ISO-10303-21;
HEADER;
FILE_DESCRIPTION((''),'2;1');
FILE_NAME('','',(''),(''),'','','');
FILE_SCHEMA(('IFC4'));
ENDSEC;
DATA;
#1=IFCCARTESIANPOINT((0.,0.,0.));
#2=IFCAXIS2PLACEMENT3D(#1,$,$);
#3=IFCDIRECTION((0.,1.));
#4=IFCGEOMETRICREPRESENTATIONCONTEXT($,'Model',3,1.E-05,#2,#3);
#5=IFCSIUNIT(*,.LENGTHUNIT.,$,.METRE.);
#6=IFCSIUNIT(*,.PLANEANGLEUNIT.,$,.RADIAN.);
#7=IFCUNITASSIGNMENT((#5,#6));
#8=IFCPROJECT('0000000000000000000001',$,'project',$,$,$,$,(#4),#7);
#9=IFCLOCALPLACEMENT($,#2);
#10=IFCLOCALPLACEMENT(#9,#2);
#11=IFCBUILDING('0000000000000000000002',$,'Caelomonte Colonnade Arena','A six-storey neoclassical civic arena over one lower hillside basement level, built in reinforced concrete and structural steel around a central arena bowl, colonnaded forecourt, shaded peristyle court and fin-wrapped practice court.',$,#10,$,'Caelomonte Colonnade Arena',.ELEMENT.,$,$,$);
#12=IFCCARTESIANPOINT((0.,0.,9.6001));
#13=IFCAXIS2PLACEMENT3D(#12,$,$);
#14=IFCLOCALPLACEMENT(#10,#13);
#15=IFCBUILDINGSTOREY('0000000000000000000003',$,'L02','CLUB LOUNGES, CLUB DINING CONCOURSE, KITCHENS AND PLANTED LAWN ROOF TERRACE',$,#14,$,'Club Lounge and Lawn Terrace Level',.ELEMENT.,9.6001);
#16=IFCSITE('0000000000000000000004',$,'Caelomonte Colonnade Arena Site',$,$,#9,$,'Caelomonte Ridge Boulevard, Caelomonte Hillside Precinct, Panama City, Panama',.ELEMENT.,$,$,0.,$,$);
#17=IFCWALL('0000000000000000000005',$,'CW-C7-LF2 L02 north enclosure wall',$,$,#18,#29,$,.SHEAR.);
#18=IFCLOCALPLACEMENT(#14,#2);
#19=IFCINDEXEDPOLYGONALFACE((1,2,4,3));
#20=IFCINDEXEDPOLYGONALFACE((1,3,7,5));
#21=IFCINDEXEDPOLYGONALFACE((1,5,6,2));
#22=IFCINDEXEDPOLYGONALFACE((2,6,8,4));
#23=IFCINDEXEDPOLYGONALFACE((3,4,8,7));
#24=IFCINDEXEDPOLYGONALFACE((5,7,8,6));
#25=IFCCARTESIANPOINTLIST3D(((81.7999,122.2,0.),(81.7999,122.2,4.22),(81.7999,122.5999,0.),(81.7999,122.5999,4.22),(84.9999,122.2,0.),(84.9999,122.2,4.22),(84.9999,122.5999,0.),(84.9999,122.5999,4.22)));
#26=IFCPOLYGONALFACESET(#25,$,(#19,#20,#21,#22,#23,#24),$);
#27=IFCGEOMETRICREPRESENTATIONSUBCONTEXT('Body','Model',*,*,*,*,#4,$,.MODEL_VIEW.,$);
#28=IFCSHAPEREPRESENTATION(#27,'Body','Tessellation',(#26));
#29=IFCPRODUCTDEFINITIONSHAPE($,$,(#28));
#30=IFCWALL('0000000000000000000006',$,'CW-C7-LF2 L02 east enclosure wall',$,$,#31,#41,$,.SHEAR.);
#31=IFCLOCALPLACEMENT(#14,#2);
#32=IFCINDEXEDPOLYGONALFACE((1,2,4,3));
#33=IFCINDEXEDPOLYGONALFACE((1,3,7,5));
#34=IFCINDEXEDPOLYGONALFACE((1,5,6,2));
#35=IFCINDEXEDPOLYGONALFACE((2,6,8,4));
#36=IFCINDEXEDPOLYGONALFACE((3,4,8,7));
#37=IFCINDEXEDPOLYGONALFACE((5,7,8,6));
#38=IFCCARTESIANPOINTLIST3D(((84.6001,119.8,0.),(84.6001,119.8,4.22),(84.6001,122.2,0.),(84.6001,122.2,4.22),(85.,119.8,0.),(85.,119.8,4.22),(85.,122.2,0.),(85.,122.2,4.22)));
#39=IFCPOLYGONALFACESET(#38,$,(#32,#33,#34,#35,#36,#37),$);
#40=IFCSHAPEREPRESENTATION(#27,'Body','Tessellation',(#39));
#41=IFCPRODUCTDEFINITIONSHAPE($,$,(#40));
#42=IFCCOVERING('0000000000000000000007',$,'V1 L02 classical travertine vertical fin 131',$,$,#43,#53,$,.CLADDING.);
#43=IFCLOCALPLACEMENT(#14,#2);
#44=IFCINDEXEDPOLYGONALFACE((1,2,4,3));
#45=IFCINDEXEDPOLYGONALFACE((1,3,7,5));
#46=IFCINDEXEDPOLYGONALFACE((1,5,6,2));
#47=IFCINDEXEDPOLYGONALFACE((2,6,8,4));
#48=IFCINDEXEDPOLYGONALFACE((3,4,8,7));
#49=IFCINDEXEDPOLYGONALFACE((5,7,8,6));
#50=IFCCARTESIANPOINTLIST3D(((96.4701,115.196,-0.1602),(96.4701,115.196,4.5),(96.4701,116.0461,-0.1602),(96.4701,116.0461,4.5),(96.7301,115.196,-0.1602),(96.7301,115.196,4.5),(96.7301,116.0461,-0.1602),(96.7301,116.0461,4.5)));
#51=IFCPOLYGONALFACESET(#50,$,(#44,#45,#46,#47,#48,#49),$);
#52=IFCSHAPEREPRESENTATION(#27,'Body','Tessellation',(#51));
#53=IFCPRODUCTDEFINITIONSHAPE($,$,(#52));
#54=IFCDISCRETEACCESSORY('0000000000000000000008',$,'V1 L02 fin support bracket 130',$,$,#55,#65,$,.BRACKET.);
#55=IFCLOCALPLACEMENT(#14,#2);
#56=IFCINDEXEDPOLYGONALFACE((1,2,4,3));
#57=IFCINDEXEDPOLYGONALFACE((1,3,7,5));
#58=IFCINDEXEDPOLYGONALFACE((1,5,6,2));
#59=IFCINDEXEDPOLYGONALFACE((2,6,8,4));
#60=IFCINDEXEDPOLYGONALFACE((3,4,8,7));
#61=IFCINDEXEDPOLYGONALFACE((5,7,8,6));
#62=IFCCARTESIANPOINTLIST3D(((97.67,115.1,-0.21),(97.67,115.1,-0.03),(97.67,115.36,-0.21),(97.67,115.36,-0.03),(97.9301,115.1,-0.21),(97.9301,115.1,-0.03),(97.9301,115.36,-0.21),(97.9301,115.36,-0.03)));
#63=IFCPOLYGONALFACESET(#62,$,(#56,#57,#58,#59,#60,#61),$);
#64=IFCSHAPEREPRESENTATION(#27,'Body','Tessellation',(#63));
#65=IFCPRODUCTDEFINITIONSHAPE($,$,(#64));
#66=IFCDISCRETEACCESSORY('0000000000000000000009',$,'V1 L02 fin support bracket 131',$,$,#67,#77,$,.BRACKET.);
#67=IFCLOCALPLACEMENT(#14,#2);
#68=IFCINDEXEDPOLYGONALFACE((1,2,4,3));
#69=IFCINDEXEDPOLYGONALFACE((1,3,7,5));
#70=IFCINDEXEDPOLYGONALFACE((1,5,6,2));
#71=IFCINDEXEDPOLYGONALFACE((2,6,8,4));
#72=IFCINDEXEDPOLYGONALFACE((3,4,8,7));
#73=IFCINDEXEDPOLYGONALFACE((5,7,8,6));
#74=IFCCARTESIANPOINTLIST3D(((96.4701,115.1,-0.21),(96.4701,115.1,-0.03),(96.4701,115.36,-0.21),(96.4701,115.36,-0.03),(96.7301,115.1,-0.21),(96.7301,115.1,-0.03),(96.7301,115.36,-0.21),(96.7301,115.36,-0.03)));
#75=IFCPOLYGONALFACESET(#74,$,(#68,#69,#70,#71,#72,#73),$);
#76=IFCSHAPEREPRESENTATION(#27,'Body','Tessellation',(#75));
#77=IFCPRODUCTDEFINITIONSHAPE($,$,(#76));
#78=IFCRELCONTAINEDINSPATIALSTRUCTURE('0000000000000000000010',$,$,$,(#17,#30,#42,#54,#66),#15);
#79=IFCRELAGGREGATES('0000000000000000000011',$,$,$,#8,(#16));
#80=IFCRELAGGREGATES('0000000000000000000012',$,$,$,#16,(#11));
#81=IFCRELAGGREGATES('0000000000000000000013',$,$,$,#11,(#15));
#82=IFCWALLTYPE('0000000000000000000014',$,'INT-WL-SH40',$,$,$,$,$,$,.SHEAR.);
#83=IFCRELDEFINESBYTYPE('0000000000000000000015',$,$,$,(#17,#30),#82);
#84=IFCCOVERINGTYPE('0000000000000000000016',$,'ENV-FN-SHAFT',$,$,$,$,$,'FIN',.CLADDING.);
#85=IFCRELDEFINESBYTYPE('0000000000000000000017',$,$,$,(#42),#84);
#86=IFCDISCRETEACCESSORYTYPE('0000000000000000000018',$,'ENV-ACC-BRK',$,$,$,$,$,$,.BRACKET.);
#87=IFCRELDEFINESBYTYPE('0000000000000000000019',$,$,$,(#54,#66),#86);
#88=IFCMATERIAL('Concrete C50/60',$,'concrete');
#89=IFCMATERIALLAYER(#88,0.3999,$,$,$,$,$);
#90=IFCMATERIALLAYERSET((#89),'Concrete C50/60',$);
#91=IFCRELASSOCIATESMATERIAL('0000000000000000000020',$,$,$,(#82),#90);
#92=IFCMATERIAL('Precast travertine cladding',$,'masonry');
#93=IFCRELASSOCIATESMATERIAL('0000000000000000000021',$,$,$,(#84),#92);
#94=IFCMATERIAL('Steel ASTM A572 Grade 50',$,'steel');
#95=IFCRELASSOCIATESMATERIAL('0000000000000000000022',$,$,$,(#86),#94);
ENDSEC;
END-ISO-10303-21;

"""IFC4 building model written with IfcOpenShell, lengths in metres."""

from ifc_helpers import new_model, si_unit, direction, frame, frame_2d, origin, origin_2d, place, context, subcontext, project, spatial, rectangle, extrude, material, layer, layer_set, material_profile, profile_set, type_object, element, save


model = new_model("IFC4")

# Units and contexts
model_context = context("Model", 3, precision=1e-05, world=origin(), true_north=direction((0.0, 1.0)))
body_context = subcontext(model_context, "Body", "Model", "MODEL_VIEW")
ifc_project = project(units=[si_unit("LENGTHUNIT", "METRE"), si_unit("PLANEANGLEUNIT", "RADIAN")], contexts=[model_context])

# Site, building, storey
site_placement = place(None, origin())
site = spatial("IfcSite", under=ifc_project, at=site_placement, Name="Caelomonte Colonnade Arena Site", LongName="Caelomonte Ridge Boulevard, Caelomonte Hillside Precinct, Panama City, Panama", CompositionType="ELEMENT", RefElevation=0.0)
building_placement = place(site_placement, origin())
building = spatial("IfcBuilding", under=site, at=building_placement, Name="Caelomonte Colonnade Arena", Description="A six-storey neoclassical civic arena over one lower hillside basement level, built in reinforced concrete and structural steel around a central arena bowl, colonnaded forecourt, shaded peristyle court and fin-wrapped practice court.", LongName="Caelomonte Colonnade Arena", CompositionType="ELEMENT")
storey_placement = place(building_placement, frame((0.0, 0.0, 9.6001)))
storey = spatial("IfcBuildingStorey", under=building, at=storey_placement, Name="L02", Description="CLUB LOUNGES, CLUB DINING CONCOURSE, KITCHENS AND PLANTED LAWN ROOF TERRACE", LongName="Club Lounge and Lawn Terrace Level", CompositionType="ELEMENT", Elevation=9.6001)

# Walls
ifc_material_1 = material(Name="Concrete C50/60", Category="concrete")
ifc_layer_1 = layer(ifc_material_1, 0.3999)
ifc_layer_set_1 = layer_set([ifc_layer_1], Name="Concrete C50/60")
wall_type_1 = type_object("IfcWallType", Name="INT-WL-SH40", PredefinedType="SHEAR", material=ifc_layer_set_1)
wall_1_placement = place(storey_placement, frame((85.0, 122.3999, 0.0), z_axis=(0.0, 0.0, 1.0), x_axis=(-1.0, 0.0, 0.0)))
element("IfcWall", 1, at=wall_1_placement, inside=storey, type_object=wall_type_1, Name="CW-C7-LF2 L02 north enclosure wall", PredefinedType="SHEAR", context=body_context, shape_type="SweptSolid", body=[
    extrude(rectangle(XDim=3.2, YDim=0.3999, at=frame_2d((1.6001, 0.0))), origin(), (0.0, 0.0, 1.0), 4.22),
])
wall_2_placement = place(storey_placement, frame((84.8, 119.8, 0.0), z_axis=(0.0, 0.0, 1.0), x_axis=(0.0, 1.0, 0.0)))
element("IfcWall", 2, at=wall_2_placement, inside=storey, type_object=wall_type_1, Name="CW-C7-LF2 L02 east enclosure wall", PredefinedType="SHEAR", context=body_context, shape_type="SweptSolid", body=[
    extrude(rectangle(XDim=2.3999, YDim=0.3999, at=frame_2d((1.2, 0.0))), origin(), (0.0, 0.0, 1.0), 4.22),
])

# Covering
ifc_material_2 = material(Name="Precast travertine cladding", Category="masonry")
ifc_material_profile_1 = material_profile(ifc_material_2, rectangle(XDim=0.26, YDim=0.8501, at=origin_2d()), Name="FIN260X850")
ifc_profile_set_1 = profile_set([ifc_material_profile_1], Name="Precast travertine cladding")
covering_type = type_object("IfcCoveringType", Name="ENV-FN-SHAFT", ElementType="FIN", PredefinedType="CLADDING", material=ifc_profile_set_1)
covering_placement = place(storey_placement, frame((96.6001, 115.6211, -0.1602), z_axis=(0.0, 0.0, 1.0), x_axis=(1.0, 0.0, 0.0)))
element("IfcCovering", 3, at=covering_placement, inside=storey, type_object=covering_type, Name="V1 L02 classical travertine vertical fin 131", PredefinedType="CLADDING", context=body_context, shape_type="SweptSolid", body=[
    extrude(rectangle(XDim=0.26, YDim=0.8501, at=origin_2d()), origin(), (0.0, 0.0, 1.0), 4.6602),
])

# Discrete accessories
ifc_material_3 = material(Name="Steel ASTM A572 Grade 50", Category="steel")
discrete_accessory_type = type_object("IfcDiscreteAccessoryType", Name="ENV-ACC-BRK", PredefinedType="BRACKET", material=ifc_material_3)
for number, where, z_axis, x_axis, name in (
    (4, (97.8, 115.23, -0.21), (0.0, 0.0, 1.0), (-1.0, 0.0, 0.0), "V1 L02 fin support bracket 130"),
    (5, (96.6001, 115.23, -0.21), (0.0, 0.0, 1.0), (-1.0, 0.0, 0.0), "V1 L02 fin support bracket 131"),
):
    element("IfcDiscreteAccessory", number, at=place(storey_placement, frame(where, z_axis=z_axis, x_axis=x_axis)), inside=storey, type_object=discrete_accessory_type, Name=name, PredefinedType="BRACKET", context=body_context, shape_type="SweptSolid", body=[
        extrude(rectangle(XDim=0.26, YDim=0.26, at=origin_2d()), origin(), (0.0, 0.0, 1.0), 0.1799),
    ])

save(model, "model.ifc")
